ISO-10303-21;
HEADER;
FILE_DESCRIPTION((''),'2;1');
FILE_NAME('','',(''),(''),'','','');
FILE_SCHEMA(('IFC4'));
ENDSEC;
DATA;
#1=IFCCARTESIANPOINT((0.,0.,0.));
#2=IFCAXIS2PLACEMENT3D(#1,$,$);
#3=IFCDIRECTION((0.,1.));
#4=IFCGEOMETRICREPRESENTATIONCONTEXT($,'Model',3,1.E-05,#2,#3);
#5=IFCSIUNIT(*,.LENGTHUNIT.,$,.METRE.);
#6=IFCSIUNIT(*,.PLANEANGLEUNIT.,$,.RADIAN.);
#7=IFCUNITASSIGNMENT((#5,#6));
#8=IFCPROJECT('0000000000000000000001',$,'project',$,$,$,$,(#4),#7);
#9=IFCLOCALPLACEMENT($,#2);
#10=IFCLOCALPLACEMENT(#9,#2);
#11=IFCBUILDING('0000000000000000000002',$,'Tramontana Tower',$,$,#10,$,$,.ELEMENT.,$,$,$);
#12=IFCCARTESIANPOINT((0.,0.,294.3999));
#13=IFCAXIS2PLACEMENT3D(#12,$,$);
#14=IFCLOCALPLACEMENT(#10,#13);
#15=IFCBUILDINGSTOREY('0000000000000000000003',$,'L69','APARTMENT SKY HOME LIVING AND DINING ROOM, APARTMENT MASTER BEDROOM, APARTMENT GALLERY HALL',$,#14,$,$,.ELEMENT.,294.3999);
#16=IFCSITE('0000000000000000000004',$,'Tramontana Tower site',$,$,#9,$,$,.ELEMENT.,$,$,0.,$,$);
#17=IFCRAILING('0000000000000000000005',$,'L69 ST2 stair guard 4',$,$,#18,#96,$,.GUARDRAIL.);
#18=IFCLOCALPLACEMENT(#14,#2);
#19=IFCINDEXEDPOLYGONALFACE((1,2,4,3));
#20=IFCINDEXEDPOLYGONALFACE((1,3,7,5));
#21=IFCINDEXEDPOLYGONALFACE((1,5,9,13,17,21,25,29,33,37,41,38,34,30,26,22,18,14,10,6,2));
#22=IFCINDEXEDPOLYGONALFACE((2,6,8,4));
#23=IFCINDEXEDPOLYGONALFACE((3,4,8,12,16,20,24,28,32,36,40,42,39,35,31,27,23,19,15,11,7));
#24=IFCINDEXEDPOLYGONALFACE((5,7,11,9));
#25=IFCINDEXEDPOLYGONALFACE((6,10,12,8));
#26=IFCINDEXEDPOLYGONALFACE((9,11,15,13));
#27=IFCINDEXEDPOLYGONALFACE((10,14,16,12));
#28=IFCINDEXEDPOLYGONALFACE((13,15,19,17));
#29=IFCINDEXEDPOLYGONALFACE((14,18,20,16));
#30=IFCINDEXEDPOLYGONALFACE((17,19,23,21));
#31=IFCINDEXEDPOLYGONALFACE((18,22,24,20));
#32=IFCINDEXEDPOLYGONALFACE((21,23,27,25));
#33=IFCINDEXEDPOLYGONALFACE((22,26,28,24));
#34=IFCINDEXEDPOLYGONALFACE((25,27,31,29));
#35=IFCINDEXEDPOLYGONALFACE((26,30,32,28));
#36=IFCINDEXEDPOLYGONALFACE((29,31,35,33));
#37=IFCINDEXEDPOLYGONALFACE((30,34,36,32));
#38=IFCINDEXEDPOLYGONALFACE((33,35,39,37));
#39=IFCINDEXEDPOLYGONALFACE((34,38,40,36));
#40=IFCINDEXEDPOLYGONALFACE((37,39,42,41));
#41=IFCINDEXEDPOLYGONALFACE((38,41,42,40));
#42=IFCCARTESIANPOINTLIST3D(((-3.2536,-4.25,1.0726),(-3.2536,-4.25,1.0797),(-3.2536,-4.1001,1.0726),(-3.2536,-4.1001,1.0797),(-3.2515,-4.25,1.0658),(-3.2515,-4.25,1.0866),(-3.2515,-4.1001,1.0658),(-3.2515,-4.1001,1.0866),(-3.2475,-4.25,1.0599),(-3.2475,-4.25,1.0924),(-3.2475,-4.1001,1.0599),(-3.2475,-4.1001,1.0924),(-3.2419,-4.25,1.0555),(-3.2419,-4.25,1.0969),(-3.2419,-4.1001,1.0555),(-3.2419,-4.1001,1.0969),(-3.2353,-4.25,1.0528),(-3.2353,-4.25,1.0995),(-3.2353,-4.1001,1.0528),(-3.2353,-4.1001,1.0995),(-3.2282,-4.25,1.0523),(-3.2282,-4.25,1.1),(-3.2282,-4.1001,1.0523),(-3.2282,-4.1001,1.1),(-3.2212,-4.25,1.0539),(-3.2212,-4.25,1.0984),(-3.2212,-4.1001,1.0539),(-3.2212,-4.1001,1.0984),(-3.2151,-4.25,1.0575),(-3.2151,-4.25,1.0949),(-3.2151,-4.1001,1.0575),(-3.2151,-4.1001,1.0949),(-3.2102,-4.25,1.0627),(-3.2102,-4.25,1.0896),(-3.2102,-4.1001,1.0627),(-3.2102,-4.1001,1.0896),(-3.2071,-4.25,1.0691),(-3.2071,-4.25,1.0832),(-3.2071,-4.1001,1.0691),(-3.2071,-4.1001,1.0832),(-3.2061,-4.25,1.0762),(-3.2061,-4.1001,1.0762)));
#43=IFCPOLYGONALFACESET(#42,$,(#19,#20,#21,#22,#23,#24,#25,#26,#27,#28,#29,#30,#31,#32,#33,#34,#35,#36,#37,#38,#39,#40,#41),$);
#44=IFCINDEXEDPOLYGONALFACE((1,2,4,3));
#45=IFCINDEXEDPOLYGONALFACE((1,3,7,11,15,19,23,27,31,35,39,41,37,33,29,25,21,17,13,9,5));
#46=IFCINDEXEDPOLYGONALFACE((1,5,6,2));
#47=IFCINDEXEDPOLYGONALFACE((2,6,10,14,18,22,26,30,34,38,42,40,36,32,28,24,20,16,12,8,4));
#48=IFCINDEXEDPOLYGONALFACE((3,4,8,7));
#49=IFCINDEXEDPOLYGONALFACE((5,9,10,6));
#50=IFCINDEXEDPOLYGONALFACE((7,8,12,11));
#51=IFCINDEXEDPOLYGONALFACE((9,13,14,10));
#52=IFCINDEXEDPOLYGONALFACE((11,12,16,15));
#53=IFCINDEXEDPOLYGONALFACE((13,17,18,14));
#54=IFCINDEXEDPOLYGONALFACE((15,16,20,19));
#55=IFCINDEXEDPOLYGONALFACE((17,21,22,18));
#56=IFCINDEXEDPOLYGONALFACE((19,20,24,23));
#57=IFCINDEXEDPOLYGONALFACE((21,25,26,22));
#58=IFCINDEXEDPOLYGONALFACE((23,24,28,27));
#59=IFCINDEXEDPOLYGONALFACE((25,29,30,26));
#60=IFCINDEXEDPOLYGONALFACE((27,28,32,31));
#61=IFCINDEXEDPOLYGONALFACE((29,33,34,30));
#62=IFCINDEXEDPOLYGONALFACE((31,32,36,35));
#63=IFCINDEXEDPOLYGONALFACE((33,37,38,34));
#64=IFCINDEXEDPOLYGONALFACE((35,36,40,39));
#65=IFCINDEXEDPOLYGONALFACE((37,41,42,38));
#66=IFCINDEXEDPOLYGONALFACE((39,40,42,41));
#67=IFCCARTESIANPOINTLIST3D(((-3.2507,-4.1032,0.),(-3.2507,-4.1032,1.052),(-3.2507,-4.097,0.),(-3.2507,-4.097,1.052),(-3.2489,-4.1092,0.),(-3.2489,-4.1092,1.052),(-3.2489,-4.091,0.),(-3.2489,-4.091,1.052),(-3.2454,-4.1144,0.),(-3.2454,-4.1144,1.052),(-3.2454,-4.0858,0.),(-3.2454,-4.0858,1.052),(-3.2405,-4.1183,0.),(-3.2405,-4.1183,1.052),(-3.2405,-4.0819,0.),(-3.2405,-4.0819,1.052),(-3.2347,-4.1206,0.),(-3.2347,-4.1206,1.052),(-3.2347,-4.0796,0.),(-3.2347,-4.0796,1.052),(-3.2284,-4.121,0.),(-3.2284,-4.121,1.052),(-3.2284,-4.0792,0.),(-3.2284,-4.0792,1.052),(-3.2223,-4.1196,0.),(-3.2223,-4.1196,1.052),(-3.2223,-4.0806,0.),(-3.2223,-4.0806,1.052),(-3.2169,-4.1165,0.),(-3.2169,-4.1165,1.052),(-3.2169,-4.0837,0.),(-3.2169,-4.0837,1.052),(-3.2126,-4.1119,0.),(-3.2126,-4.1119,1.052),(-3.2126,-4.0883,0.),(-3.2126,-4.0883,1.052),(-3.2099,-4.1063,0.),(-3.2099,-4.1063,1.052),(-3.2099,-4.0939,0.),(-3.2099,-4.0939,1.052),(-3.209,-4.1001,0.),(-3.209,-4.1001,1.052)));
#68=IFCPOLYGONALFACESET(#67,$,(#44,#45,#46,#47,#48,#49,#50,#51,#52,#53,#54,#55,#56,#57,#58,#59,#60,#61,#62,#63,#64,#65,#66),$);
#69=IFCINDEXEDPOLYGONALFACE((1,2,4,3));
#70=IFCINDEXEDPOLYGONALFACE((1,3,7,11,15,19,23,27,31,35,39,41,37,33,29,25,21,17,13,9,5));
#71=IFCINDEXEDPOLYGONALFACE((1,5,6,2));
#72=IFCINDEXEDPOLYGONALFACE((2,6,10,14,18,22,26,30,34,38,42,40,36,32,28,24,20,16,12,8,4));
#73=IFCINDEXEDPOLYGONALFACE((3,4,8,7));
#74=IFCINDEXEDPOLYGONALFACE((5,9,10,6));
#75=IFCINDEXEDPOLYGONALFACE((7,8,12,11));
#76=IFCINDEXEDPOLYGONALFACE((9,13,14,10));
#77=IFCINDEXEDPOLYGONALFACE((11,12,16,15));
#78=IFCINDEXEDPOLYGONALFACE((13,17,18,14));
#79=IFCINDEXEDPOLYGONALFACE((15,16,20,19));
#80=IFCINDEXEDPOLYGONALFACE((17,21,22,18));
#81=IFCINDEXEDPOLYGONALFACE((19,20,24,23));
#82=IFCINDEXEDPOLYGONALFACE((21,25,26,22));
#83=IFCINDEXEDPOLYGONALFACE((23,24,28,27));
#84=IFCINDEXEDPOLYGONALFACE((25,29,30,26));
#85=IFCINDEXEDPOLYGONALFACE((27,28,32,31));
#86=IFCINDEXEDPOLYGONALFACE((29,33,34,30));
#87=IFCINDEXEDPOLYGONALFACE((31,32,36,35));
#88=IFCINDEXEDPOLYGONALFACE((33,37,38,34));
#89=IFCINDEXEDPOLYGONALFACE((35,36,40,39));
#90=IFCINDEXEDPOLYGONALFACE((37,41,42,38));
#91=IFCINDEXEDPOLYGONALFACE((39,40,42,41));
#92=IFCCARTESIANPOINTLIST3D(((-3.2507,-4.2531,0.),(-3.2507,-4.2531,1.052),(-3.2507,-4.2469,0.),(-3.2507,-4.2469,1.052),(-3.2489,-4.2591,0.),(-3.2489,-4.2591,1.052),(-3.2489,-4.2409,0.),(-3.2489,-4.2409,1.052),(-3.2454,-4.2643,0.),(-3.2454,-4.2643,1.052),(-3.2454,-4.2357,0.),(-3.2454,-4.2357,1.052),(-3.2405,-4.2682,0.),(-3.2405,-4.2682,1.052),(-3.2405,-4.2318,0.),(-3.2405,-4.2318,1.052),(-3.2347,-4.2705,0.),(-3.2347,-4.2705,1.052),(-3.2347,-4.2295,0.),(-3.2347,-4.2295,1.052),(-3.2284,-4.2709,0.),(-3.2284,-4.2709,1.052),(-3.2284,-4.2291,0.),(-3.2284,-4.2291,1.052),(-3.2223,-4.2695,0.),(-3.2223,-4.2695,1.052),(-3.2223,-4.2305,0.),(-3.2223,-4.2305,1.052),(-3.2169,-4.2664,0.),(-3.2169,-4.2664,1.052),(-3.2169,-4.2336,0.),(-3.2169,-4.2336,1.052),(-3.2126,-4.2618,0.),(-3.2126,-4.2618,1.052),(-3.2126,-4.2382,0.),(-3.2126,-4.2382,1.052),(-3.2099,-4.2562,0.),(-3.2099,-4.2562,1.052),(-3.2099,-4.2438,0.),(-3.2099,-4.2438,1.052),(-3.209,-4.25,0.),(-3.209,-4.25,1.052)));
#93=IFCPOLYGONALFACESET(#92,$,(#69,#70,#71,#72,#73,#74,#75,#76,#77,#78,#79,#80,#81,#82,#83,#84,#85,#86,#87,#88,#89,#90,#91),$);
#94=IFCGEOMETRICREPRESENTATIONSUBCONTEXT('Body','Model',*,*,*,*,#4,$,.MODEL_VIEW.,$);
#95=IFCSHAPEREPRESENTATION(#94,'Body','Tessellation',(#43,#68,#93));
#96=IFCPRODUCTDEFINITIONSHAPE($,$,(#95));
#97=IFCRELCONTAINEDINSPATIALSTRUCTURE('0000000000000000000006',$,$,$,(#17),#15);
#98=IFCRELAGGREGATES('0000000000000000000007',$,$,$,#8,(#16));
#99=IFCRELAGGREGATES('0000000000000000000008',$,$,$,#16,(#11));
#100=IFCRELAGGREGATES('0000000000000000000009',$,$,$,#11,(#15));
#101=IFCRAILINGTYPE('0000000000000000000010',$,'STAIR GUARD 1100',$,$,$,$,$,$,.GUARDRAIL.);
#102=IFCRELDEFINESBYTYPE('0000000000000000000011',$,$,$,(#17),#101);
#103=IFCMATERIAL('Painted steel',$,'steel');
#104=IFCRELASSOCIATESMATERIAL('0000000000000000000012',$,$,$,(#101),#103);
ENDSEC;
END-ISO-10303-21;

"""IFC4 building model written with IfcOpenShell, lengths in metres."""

from ifc_helpers import new_model, si_unit, direction, frame, origin, origin_2d, place, context, subcontext, project, spatial, circle, extrude, material, type_object, element, save


model = new_model("IFC4")

# Units and contexts
model_context = context("Model", 3, precision=1e-05, world=origin(), true_north=direction((0.0, 1.0)))
body_context = subcontext(model_context, "Body", "Model", "MODEL_VIEW")
ifc_project = project(units=[si_unit("LENGTHUNIT", "METRE"), si_unit("PLANEANGLEUNIT", "RADIAN")], contexts=[model_context])

# Site, building, storey
site_placement = place(None, origin())
site = spatial("IfcSite", under=ifc_project, at=site_placement, Name="Tramontana Tower site", CompositionType="ELEMENT", RefElevation=0.0)
building_placement = place(site_placement, origin())
building = spatial("IfcBuilding", under=site, at=building_placement, Name="Tramontana Tower", CompositionType="ELEMENT")
storey_placement = place(building_placement, frame((0.0, 0.0, 294.3999)))
storey = spatial("IfcBuildingStorey", under=building, at=storey_placement, Name="L69", Description="APARTMENT SKY HOME LIVING AND DINING ROOM, APARTMENT MASTER BEDROOM, APARTMENT GALLERY HALL", CompositionType="ELEMENT", Elevation=294.3999)

# Railing
ifc_material_1 = material(Name="Painted steel", Category="steel")
railing_type_1 = type_object("IfcRailingType", Name="STAIR GUARD 1100", PredefinedType="GUARDRAIL", material=ifc_material_1)
railing_1_placement = place(storey_placement, frame((-3.23, -4.1001, 0.0)))
element("IfcRailing", 1, at=railing_1_placement, inside=storey, type_object=railing_type_1, Name="L69 ST2 stair guard 4", PredefinedType="GUARDRAIL", context=body_context, shape_type="SweptSolid", body=[
    extrude(circle(Radius=0.0239, at=origin_2d()), frame((0.0, 0.0, 1.0762), z_axis=(0.0, -1.0, 0.0), x_axis=(1.0, 0.0, 0.0)), (0.0, 0.0, 1.0), 0.1499),
    extrude(circle(Radius=0.021, at=origin_2d()), origin(), (0.0, 0.0, 1.0), 1.052),
    extrude(circle(Radius=0.021, at=origin_2d()), frame((0.0, -0.1499, 0.0)), (0.0, 0.0, 1.0), 1.052),
])

save(model, "model.ifc")
